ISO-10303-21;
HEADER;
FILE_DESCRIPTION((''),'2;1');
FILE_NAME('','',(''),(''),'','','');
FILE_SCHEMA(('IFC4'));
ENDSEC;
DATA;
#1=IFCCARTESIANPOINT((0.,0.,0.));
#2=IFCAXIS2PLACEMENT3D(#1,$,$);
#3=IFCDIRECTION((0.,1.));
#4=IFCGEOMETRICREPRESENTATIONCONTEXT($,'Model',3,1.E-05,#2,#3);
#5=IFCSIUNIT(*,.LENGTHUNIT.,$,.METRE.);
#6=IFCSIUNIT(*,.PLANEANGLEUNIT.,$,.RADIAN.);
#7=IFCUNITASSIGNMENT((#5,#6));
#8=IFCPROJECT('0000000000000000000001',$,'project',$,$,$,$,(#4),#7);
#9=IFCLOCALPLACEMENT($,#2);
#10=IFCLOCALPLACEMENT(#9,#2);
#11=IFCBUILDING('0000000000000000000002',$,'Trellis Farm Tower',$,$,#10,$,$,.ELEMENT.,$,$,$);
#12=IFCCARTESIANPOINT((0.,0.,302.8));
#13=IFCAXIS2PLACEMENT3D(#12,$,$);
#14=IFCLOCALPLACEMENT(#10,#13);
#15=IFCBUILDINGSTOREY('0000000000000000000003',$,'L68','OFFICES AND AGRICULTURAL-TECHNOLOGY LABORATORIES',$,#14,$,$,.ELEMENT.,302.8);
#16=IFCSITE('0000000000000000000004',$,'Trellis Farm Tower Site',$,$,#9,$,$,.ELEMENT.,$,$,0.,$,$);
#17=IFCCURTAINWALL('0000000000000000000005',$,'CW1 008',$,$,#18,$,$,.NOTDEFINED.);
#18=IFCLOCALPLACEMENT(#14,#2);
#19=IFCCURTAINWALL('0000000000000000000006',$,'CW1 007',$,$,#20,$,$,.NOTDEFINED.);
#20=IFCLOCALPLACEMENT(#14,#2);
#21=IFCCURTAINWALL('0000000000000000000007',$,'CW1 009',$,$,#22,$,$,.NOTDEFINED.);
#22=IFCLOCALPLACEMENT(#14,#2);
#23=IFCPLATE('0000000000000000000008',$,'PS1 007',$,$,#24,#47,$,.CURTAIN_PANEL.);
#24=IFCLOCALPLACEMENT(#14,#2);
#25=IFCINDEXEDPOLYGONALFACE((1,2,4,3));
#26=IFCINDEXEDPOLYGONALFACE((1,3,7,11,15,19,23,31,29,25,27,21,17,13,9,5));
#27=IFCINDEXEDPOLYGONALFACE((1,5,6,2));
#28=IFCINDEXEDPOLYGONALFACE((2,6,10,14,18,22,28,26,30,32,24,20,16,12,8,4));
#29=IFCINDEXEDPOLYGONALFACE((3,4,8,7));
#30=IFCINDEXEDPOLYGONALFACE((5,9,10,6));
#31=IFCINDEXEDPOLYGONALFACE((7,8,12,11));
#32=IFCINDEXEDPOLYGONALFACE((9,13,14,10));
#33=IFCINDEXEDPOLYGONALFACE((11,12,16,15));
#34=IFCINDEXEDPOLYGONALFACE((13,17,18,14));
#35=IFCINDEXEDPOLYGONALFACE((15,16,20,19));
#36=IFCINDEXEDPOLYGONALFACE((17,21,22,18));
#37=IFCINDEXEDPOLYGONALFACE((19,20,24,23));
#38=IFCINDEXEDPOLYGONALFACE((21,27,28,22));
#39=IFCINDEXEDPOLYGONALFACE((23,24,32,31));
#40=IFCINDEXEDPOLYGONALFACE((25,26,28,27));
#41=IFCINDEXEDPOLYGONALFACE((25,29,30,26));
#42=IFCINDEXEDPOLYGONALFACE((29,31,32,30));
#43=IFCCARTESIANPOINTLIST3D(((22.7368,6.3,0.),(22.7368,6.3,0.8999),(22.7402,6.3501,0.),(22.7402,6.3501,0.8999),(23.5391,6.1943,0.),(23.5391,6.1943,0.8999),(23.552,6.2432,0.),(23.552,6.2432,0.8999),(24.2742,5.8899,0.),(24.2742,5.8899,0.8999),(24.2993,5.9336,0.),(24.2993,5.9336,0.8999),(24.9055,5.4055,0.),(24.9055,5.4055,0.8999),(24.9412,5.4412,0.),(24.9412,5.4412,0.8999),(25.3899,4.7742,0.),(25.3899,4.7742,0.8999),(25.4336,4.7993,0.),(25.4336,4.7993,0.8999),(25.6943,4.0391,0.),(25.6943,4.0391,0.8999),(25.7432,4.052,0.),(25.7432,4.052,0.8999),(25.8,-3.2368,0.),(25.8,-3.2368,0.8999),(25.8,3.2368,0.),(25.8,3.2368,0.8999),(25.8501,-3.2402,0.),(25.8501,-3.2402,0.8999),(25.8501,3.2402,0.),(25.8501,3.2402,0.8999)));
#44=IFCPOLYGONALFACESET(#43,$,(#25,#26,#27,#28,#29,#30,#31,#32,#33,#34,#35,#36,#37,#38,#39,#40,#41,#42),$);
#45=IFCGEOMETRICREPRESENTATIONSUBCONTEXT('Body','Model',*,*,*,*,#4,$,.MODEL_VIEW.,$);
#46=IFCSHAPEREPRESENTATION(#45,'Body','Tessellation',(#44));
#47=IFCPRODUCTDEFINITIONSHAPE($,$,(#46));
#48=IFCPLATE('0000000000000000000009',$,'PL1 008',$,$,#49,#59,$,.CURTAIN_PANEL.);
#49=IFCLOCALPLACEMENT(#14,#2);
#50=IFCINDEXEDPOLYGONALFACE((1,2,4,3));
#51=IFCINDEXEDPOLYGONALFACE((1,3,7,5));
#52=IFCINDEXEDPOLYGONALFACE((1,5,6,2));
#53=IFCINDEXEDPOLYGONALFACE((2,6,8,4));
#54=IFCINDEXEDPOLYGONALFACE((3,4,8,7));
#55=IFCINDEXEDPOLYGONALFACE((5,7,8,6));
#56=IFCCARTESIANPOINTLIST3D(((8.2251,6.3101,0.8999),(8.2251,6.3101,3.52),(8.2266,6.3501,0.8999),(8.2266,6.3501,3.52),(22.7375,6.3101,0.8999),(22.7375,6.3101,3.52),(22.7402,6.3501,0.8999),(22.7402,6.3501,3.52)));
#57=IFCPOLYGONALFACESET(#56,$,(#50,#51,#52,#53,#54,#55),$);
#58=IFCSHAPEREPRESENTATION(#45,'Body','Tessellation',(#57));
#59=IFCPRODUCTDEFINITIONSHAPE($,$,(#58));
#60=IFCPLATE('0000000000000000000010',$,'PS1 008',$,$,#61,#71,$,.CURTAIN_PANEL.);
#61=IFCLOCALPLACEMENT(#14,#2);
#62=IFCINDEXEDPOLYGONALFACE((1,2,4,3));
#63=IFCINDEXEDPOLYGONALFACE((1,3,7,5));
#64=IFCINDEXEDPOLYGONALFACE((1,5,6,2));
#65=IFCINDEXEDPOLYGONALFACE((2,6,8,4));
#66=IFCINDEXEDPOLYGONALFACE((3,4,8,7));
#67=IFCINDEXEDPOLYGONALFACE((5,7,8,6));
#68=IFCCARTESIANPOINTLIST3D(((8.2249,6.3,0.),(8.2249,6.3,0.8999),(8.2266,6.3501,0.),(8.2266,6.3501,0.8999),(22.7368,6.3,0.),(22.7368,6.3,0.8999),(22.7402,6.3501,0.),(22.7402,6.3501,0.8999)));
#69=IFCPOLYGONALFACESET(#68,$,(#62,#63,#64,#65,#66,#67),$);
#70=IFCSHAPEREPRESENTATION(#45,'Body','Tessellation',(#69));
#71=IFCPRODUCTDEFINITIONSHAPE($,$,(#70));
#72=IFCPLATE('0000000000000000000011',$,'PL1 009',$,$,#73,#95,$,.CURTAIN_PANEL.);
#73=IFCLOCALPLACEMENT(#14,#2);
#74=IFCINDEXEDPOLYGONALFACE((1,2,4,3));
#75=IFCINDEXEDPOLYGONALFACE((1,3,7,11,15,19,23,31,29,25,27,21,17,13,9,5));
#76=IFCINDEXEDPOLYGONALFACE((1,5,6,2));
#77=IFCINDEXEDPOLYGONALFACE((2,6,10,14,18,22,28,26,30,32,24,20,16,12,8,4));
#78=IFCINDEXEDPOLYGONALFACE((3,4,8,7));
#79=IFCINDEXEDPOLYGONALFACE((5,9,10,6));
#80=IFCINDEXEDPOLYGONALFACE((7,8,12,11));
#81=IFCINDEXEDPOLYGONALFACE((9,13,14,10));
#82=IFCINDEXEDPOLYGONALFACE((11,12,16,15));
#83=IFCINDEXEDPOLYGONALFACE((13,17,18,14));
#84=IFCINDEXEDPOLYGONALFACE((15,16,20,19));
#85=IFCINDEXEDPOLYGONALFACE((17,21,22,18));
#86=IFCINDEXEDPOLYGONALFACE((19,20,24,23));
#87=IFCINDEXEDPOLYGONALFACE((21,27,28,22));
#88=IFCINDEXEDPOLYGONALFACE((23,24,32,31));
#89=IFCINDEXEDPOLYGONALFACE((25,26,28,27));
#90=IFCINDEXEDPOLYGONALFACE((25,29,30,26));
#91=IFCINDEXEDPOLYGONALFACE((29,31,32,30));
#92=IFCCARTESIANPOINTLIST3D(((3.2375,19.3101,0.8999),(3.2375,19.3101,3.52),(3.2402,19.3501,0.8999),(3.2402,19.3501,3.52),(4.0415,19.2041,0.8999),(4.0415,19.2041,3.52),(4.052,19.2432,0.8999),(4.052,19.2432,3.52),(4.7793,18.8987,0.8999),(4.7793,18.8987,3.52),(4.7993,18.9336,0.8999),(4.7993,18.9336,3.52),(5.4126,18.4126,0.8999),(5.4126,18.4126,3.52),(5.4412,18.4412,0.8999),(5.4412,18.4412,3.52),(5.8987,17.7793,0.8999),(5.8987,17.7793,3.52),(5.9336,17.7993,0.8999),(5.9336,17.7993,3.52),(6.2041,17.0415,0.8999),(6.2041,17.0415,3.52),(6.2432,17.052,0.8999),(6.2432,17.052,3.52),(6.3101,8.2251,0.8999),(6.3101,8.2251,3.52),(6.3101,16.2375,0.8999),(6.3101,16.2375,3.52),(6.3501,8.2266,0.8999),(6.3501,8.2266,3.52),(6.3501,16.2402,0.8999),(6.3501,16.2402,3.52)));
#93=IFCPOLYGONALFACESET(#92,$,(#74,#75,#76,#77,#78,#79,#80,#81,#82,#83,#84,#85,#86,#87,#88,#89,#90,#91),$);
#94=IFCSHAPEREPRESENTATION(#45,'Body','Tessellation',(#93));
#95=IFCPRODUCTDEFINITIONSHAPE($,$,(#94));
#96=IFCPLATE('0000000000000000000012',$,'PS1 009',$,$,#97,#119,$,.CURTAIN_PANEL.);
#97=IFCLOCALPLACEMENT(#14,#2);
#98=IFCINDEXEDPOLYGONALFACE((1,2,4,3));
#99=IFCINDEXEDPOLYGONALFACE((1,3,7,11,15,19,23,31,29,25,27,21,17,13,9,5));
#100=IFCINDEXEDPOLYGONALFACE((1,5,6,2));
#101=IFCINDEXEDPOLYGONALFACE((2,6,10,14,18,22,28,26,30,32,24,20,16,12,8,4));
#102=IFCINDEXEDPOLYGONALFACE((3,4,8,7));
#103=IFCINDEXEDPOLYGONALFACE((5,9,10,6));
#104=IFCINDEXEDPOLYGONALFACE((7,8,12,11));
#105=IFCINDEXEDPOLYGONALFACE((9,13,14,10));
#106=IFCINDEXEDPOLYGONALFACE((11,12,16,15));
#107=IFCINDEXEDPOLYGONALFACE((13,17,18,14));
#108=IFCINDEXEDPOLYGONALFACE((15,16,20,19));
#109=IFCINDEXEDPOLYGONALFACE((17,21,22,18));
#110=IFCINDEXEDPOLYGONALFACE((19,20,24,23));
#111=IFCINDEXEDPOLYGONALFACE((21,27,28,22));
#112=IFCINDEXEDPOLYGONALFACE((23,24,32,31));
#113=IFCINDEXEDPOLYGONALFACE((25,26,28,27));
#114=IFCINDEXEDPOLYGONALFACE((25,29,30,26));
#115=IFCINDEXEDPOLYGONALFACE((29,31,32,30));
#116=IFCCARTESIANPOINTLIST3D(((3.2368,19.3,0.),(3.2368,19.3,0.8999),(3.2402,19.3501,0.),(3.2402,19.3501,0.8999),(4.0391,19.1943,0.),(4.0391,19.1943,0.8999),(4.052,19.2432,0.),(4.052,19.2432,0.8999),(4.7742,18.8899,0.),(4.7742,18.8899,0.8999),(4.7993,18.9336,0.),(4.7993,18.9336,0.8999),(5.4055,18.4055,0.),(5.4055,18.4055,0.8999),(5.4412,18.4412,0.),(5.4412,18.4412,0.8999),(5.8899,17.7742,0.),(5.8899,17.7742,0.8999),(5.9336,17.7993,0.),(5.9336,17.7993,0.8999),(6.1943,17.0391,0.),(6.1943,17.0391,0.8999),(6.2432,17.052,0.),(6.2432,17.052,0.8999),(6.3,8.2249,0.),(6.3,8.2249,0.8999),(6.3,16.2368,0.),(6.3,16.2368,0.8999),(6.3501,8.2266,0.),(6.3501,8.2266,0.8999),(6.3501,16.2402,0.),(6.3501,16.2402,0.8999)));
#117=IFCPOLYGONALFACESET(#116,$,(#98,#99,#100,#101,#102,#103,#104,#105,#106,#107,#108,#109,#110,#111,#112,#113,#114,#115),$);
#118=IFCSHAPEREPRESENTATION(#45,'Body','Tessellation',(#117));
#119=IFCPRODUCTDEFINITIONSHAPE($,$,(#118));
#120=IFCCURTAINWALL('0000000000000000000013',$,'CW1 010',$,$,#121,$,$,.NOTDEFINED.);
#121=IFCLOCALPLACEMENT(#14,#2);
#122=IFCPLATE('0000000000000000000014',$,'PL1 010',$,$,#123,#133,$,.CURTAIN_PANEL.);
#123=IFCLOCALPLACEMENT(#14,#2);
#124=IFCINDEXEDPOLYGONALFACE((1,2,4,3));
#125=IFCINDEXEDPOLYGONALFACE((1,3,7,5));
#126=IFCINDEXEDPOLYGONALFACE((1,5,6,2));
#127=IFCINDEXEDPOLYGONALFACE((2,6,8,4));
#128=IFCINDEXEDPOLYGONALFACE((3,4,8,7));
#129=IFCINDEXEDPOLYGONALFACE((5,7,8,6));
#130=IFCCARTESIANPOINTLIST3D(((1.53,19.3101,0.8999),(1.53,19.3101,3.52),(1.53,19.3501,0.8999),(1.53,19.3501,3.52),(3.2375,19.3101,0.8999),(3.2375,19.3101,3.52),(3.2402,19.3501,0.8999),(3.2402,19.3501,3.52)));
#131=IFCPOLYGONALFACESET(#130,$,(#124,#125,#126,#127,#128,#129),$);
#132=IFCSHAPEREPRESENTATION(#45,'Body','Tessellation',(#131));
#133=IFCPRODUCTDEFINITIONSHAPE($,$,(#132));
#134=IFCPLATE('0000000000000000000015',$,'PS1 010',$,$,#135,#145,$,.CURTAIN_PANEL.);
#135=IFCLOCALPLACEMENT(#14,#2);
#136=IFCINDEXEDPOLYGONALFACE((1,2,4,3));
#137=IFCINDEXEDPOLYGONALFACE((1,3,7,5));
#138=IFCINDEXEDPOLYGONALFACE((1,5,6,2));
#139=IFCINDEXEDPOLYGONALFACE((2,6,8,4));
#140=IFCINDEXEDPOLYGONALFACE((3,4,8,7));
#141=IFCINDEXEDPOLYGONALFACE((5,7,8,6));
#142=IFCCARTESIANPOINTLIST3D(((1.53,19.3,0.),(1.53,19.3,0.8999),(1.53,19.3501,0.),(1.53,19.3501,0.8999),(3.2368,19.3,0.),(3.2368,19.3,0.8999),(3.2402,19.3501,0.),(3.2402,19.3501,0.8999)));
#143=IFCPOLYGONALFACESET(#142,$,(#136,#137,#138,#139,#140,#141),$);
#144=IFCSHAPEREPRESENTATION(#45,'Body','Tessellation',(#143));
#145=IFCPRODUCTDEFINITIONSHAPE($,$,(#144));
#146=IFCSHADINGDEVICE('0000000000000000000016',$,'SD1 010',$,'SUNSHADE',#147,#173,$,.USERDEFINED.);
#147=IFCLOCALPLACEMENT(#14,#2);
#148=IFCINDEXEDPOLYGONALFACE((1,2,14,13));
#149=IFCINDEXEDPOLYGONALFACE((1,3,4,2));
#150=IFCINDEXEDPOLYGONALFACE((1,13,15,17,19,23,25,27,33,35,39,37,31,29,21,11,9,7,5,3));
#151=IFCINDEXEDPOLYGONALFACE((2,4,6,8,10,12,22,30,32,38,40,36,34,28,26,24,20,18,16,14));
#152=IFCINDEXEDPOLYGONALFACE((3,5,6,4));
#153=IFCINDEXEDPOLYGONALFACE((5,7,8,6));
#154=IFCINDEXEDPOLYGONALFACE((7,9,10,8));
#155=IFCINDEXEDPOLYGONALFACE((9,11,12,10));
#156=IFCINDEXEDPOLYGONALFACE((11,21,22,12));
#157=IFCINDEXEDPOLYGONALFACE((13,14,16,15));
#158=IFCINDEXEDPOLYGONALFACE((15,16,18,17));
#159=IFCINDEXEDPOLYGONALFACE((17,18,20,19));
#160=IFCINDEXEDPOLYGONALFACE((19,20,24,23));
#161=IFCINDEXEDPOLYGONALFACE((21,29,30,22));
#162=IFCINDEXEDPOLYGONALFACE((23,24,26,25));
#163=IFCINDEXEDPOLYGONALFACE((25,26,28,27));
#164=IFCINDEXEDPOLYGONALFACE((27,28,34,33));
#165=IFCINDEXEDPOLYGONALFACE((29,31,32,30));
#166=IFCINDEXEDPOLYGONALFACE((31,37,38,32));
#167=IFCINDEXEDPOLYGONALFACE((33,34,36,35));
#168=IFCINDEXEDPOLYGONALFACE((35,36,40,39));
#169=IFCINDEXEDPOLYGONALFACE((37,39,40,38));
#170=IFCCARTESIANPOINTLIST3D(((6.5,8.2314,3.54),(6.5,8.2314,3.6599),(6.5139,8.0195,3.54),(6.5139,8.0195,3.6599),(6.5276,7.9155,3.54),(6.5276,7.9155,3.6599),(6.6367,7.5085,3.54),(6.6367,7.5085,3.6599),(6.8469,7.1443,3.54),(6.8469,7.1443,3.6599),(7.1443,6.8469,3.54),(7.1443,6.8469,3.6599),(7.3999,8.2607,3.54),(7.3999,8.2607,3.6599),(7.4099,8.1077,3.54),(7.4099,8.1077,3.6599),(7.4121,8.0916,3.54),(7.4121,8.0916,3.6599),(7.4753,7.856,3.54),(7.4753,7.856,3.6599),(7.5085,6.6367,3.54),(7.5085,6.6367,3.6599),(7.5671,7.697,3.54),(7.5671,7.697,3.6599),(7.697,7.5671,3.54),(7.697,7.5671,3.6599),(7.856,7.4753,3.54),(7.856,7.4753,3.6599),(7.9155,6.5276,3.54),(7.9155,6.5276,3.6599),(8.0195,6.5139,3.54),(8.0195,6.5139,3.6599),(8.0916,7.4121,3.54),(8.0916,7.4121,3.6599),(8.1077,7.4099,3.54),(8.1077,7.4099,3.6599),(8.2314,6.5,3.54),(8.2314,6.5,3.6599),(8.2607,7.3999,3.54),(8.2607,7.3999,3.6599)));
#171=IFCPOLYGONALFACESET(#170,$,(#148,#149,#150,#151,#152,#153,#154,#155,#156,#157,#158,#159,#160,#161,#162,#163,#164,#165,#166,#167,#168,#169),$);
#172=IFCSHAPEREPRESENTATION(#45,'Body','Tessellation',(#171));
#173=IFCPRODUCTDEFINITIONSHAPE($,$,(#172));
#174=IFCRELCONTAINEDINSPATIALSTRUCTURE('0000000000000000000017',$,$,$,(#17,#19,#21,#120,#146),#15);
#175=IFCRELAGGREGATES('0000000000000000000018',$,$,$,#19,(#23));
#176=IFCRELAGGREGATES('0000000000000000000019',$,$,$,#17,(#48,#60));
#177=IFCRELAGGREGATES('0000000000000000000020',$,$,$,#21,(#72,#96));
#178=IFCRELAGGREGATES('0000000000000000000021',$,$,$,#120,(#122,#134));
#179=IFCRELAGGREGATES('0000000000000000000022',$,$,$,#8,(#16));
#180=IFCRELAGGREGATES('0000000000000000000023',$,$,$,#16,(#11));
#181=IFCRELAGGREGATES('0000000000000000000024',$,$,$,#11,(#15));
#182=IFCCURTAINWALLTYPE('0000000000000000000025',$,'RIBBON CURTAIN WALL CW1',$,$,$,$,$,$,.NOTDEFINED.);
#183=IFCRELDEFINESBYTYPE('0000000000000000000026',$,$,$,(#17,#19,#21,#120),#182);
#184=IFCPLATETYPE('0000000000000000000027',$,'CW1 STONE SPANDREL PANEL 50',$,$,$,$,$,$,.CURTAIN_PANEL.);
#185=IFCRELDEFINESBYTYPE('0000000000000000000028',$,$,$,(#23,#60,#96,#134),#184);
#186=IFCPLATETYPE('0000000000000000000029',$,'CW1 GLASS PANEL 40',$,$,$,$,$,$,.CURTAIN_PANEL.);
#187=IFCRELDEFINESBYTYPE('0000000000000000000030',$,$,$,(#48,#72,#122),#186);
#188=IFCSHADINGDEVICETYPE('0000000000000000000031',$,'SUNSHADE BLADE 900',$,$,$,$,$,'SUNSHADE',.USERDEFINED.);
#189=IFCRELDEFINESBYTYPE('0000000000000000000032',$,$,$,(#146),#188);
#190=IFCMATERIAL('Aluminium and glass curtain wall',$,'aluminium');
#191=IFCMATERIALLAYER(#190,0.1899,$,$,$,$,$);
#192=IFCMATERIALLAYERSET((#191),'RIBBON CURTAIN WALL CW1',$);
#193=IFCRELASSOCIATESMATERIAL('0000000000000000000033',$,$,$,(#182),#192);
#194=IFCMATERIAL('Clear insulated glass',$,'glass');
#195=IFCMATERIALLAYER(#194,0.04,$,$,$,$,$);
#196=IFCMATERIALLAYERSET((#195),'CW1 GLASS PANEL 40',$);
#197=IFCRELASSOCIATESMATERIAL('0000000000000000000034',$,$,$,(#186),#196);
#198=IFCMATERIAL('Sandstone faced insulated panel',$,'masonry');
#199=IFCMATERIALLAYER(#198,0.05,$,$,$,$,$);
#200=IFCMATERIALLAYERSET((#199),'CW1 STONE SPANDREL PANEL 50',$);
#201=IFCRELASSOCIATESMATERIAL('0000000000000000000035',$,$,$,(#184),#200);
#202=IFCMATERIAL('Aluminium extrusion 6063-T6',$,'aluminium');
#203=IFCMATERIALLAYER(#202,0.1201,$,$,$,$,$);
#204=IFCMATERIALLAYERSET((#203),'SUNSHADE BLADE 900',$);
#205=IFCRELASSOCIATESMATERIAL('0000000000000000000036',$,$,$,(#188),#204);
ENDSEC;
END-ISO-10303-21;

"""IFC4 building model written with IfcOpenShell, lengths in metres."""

from ifc_helpers import new_model, si_unit, direction, frame, origin, place, context, subcontext, project, spatial, polyline, outline, extrude, source, transform, mapped, material, layer, layer_set, type_object, element, aggregate, save


model = new_model("IFC4")

# Units and contexts
model_context = context("Model", 3, precision=1e-05, world=origin(), true_north=direction((0.0, 1.0)))
body_context = subcontext(model_context, "Body", "Model", "MODEL_VIEW")
ifc_project = project(units=[si_unit("LENGTHUNIT", "METRE"), si_unit("PLANEANGLEUNIT", "RADIAN")], contexts=[model_context])

# Site, building, storey
site_placement = place(None, origin())
site = spatial("IfcSite", under=ifc_project, at=site_placement, Name="Trellis Farm Tower Site", CompositionType="ELEMENT", RefElevation=0.0)
building_placement = place(site_placement, origin())
building = spatial("IfcBuilding", under=site, at=building_placement, Name="Trellis Farm Tower", CompositionType="ELEMENT")
storey_placement = place(building_placement, frame((0.0, 0.0, 302.8)))
storey = spatial("IfcBuildingStorey", under=building, at=storey_placement, Name="L68", Description="OFFICES AND AGRICULTURAL-TECHNOLOGY LABORATORIES", CompositionType="ELEMENT", Elevation=302.8)

# Curtain walls
ifc_material_1 = material(Name="Aluminium and glass curtain wall", Category="aluminium")
placement_1 = place(storey_placement, origin())
ifc_material_2 = material(Name="Aluminium extrusion 6063-T6", Category="aluminium")
ifc_layer_1 = layer(ifc_material_1, 0.1899)
ifc_layer_set_1 = layer_set([ifc_layer_1], Name="RIBBON CURTAIN WALL CW1")
curtain_wall_type_1 = type_object("IfcCurtainWallType", Name="RIBBON CURTAIN WALL CW1", PredefinedType="NOTDEFINED", material=ifc_layer_set_1)
curtain_wall_1 = element("IfcCurtainWall", 1, at=placement_1, inside=storey, type_object=curtain_wall_type_1, Name="CW1 008", PredefinedType="NOTDEFINED")
curtain_wall_2 = element("IfcCurtainWall", 2, at=placement_1, inside=storey, type_object=curtain_wall_type_1, Name="CW1 007", PredefinedType="NOTDEFINED")
curtain_wall_3 = element("IfcCurtainWall", 3, at=placement_1, inside=storey, type_object=curtain_wall_type_1, Name="CW1 009", PredefinedType="NOTDEFINED")

# Plates
ifc_material_3 = material(Name="Clear insulated glass", Category="glass")
ifc_layer_2 = layer(ifc_material_3, 0.04)
ifc_layer_set_2 = layer_set([ifc_layer_2], Name="CW1 GLASS PANEL 40")
plate_type_1 = type_object("IfcPlateType", Name="CW1 GLASS PANEL 40", PredefinedType="CURTAIN_PANEL", material=ifc_layer_set_2)
placement_2 = place(storey_placement, frame((0.0, 0.0, 0.8999)))
ifc_material_4 = material(Name="Sandstone faced insulated panel", Category="masonry")
ifc_layer_3 = layer(ifc_material_4, 0.05)
ifc_layer_set_3 = layer_set([ifc_layer_3], Name="CW1 STONE SPANDREL PANEL 50")
plate_type_2 = type_object("IfcPlateType", Name="CW1 STONE SPANDREL PANEL 50", PredefinedType="CURTAIN_PANEL", material=ifc_layer_set_3)
shared_shape_1 = source(origin(), body_context, "Body", "SweptSolid", [
    extrude(outline(polyline([(25.8501, -3.2402), (25.8501, 3.2402), (25.7432, 4.052), (25.4336, 4.7993), (24.9412, 5.4412), (24.2993, 5.9336), (23.552, 6.2432), (22.7402, 6.3501), (22.7368, 6.3), (23.5391, 6.1943), (24.2742, 5.8899), (24.9055, 5.4055), (25.3899, 4.7742), (25.6943, 4.0391), (25.8, 3.2368), (25.8, -3.2368), (25.8501, -3.2402)])), origin(), (0.0, 0.0, 1.0), 0.8999),
])
plate_1 = element("IfcPlate", 4, at=placement_1, type_object=plate_type_2, Name="PS1 007", PredefinedType="CURTAIN_PANEL", context=body_context, shape_type="MappedRepresentation", body=[
    mapped(shared_shape_1, transform((0.0, 0.0, 0.0))),
])
aggregate(curtain_wall_2, [plate_1])
shared_shape_2 = source(origin(), body_context, "Body", "SweptSolid", [
    extrude(outline(polyline([(22.7402, 6.3501), (8.2266, 6.3501), (8.2251, 6.3101), (22.7375, 6.3101), (22.7402, 6.3501)])), origin(), (0.0, 0.0, 1.0), 2.6201),
])
plate_2 = element("IfcPlate", 5, at=placement_2, type_object=plate_type_1, Name="PL1 008", PredefinedType="CURTAIN_PANEL", context=body_context, shape_type="MappedRepresentation", body=[
    mapped(shared_shape_2, transform((0.0, 0.0, 0.0))),
])
shared_shape_3 = source(origin(), body_context, "Body", "SweptSolid", [
    extrude(outline(polyline([(22.7402, 6.3501), (8.2266, 6.3501), (8.2249, 6.3), (22.7368, 6.3), (22.7402, 6.3501)])), origin(), (0.0, 0.0, 1.0), 0.8999),
])
plate_3 = element("IfcPlate", 6, at=placement_1, type_object=plate_type_2, Name="PS1 008", PredefinedType="CURTAIN_PANEL", context=body_context, shape_type="MappedRepresentation", body=[
    mapped(shared_shape_3, transform((0.0, 0.0, 0.0))),
])
aggregate(curtain_wall_1, [plate_2, plate_3])
shared_shape_4 = source(origin(), body_context, "Body", "SweptSolid", [
    extrude(outline(polyline([(6.3501, 8.2266), (6.3501, 16.2402), (6.2432, 17.052), (5.9336, 17.7993), (5.4412, 18.4412), (4.7993, 18.9336), (4.052, 19.2432), (3.2402, 19.3501), (3.2375, 19.3101), (4.0415, 19.2041), (4.7793, 18.8987), (5.4126, 18.4126), (5.8987, 17.7793), (6.2041, 17.0415), (6.3101, 16.2375), (6.3101, 8.2251), (6.3501, 8.2266)])), origin(), (0.0, 0.0, 1.0), 2.6201),
])
plate_4 = element("IfcPlate", 7, at=placement_2, type_object=plate_type_1, Name="PL1 009", PredefinedType="CURTAIN_PANEL", context=body_context, shape_type="MappedRepresentation", body=[
    mapped(shared_shape_4, transform((0.0, 0.0, 0.0))),
])
shared_shape_5 = source(origin(), body_context, "Body", "SweptSolid", [
    extrude(outline(polyline([(6.3501, 8.2266), (6.3501, 16.2402), (6.2432, 17.052), (5.9336, 17.7993), (5.4412, 18.4412), (4.7993, 18.9336), (4.052, 19.2432), (3.2402, 19.3501), (3.2368, 19.3), (4.0391, 19.1943), (4.7742, 18.8899), (5.4055, 18.4055), (5.8899, 17.7742), (6.1943, 17.0391), (6.3, 16.2368), (6.3, 8.2249), (6.3501, 8.2266)])), origin(), (0.0, 0.0, 1.0), 0.8999),
])
plate_5 = element("IfcPlate", 8, at=placement_1, type_object=plate_type_2, Name="PS1 009", PredefinedType="CURTAIN_PANEL", context=body_context, shape_type="MappedRepresentation", body=[
    mapped(shared_shape_5, transform((0.0, 0.0, 0.0))),
])
aggregate(curtain_wall_3, [plate_4, plate_5])

# Curtain wall, plates
curtain_wall_4 = element("IfcCurtainWall", 9, at=placement_1, inside=storey, type_object=curtain_wall_type_1, Name="CW1 010", PredefinedType="NOTDEFINED")
shared_shape_6 = source(origin(), body_context, "Body", "SweptSolid", [
    extrude(outline(polyline([(3.2402, 19.3501), (1.53, 19.3501), (1.53, 19.3101), (3.2375, 19.3101), (3.2402, 19.3501)])), origin(), (0.0, 0.0, 1.0), 2.6201),
])
plate_6 = element("IfcPlate", 10, at=placement_2, type_object=plate_type_1, Name="PL1 010", PredefinedType="CURTAIN_PANEL", context=body_context, shape_type="MappedRepresentation", body=[
    mapped(shared_shape_6, transform((0.0, 0.0, 0.0))),
])
shared_shape_7 = source(origin(), body_context, "Body", "SweptSolid", [
    extrude(outline(polyline([(3.2402, 19.3501), (1.53, 19.3501), (1.53, 19.3), (3.2368, 19.3), (3.2402, 19.3501)])), origin(), (0.0, 0.0, 1.0), 0.8999),
])
plate_7 = element("IfcPlate", 11, at=placement_1, type_object=plate_type_2, Name="PS1 010", PredefinedType="CURTAIN_PANEL", context=body_context, shape_type="MappedRepresentation", body=[
    mapped(shared_shape_7, transform((0.0, 0.0, 0.0))),
])
aggregate(curtain_wall_4, [plate_6, plate_7])

# Shading device
ifc_layer_4 = layer(ifc_material_2, 0.1201)
ifc_layer_set_4 = layer_set([ifc_layer_4], Name="SUNSHADE BLADE 900")
shading_device_type_1 = type_object("IfcShadingDeviceType", Name="SUNSHADE BLADE 900", ElementType="SUNSHADE", PredefinedType="USERDEFINED", material=ifc_layer_set_4)
shared_shape_8 = source(origin(), body_context, "Body", "SweptSolid", [
    extrude(outline(polyline([(8.2607, 7.3999), (8.1077, 7.4099), (8.0916, 7.4121), (7.856, 7.4753), (7.697, 7.5671), (7.5671, 7.697), (7.4753, 7.856), (7.4121, 8.0916), (7.4099, 8.1077), (7.3999, 8.2607), (6.5, 8.2314), (6.5139, 8.0195), (6.5276, 7.9155), (6.6367, 7.5085), (6.8469, 7.1443), (7.1443, 6.8469), (7.5085, 6.6367), (7.9155, 6.5276), (8.0195, 6.5139), (8.2314, 6.5), (8.2607, 7.3999)])), origin(), (0.0, 0.0, 1.0), 0.1199),
])
placement_3 = place(storey_placement, frame((0.0, 0.0, 3.54)))
element("IfcShadingDevice", 12, at=placement_3, inside=storey, type_object=shading_device_type_1, Name="SD1 010", ObjectType="SUNSHADE", PredefinedType="USERDEFINED", context=body_context, shape_type="MappedRepresentation", body=[
    mapped(shared_shape_8, transform((0.0, 0.0, 0.0))),
])

save(model, "model.ifc")
